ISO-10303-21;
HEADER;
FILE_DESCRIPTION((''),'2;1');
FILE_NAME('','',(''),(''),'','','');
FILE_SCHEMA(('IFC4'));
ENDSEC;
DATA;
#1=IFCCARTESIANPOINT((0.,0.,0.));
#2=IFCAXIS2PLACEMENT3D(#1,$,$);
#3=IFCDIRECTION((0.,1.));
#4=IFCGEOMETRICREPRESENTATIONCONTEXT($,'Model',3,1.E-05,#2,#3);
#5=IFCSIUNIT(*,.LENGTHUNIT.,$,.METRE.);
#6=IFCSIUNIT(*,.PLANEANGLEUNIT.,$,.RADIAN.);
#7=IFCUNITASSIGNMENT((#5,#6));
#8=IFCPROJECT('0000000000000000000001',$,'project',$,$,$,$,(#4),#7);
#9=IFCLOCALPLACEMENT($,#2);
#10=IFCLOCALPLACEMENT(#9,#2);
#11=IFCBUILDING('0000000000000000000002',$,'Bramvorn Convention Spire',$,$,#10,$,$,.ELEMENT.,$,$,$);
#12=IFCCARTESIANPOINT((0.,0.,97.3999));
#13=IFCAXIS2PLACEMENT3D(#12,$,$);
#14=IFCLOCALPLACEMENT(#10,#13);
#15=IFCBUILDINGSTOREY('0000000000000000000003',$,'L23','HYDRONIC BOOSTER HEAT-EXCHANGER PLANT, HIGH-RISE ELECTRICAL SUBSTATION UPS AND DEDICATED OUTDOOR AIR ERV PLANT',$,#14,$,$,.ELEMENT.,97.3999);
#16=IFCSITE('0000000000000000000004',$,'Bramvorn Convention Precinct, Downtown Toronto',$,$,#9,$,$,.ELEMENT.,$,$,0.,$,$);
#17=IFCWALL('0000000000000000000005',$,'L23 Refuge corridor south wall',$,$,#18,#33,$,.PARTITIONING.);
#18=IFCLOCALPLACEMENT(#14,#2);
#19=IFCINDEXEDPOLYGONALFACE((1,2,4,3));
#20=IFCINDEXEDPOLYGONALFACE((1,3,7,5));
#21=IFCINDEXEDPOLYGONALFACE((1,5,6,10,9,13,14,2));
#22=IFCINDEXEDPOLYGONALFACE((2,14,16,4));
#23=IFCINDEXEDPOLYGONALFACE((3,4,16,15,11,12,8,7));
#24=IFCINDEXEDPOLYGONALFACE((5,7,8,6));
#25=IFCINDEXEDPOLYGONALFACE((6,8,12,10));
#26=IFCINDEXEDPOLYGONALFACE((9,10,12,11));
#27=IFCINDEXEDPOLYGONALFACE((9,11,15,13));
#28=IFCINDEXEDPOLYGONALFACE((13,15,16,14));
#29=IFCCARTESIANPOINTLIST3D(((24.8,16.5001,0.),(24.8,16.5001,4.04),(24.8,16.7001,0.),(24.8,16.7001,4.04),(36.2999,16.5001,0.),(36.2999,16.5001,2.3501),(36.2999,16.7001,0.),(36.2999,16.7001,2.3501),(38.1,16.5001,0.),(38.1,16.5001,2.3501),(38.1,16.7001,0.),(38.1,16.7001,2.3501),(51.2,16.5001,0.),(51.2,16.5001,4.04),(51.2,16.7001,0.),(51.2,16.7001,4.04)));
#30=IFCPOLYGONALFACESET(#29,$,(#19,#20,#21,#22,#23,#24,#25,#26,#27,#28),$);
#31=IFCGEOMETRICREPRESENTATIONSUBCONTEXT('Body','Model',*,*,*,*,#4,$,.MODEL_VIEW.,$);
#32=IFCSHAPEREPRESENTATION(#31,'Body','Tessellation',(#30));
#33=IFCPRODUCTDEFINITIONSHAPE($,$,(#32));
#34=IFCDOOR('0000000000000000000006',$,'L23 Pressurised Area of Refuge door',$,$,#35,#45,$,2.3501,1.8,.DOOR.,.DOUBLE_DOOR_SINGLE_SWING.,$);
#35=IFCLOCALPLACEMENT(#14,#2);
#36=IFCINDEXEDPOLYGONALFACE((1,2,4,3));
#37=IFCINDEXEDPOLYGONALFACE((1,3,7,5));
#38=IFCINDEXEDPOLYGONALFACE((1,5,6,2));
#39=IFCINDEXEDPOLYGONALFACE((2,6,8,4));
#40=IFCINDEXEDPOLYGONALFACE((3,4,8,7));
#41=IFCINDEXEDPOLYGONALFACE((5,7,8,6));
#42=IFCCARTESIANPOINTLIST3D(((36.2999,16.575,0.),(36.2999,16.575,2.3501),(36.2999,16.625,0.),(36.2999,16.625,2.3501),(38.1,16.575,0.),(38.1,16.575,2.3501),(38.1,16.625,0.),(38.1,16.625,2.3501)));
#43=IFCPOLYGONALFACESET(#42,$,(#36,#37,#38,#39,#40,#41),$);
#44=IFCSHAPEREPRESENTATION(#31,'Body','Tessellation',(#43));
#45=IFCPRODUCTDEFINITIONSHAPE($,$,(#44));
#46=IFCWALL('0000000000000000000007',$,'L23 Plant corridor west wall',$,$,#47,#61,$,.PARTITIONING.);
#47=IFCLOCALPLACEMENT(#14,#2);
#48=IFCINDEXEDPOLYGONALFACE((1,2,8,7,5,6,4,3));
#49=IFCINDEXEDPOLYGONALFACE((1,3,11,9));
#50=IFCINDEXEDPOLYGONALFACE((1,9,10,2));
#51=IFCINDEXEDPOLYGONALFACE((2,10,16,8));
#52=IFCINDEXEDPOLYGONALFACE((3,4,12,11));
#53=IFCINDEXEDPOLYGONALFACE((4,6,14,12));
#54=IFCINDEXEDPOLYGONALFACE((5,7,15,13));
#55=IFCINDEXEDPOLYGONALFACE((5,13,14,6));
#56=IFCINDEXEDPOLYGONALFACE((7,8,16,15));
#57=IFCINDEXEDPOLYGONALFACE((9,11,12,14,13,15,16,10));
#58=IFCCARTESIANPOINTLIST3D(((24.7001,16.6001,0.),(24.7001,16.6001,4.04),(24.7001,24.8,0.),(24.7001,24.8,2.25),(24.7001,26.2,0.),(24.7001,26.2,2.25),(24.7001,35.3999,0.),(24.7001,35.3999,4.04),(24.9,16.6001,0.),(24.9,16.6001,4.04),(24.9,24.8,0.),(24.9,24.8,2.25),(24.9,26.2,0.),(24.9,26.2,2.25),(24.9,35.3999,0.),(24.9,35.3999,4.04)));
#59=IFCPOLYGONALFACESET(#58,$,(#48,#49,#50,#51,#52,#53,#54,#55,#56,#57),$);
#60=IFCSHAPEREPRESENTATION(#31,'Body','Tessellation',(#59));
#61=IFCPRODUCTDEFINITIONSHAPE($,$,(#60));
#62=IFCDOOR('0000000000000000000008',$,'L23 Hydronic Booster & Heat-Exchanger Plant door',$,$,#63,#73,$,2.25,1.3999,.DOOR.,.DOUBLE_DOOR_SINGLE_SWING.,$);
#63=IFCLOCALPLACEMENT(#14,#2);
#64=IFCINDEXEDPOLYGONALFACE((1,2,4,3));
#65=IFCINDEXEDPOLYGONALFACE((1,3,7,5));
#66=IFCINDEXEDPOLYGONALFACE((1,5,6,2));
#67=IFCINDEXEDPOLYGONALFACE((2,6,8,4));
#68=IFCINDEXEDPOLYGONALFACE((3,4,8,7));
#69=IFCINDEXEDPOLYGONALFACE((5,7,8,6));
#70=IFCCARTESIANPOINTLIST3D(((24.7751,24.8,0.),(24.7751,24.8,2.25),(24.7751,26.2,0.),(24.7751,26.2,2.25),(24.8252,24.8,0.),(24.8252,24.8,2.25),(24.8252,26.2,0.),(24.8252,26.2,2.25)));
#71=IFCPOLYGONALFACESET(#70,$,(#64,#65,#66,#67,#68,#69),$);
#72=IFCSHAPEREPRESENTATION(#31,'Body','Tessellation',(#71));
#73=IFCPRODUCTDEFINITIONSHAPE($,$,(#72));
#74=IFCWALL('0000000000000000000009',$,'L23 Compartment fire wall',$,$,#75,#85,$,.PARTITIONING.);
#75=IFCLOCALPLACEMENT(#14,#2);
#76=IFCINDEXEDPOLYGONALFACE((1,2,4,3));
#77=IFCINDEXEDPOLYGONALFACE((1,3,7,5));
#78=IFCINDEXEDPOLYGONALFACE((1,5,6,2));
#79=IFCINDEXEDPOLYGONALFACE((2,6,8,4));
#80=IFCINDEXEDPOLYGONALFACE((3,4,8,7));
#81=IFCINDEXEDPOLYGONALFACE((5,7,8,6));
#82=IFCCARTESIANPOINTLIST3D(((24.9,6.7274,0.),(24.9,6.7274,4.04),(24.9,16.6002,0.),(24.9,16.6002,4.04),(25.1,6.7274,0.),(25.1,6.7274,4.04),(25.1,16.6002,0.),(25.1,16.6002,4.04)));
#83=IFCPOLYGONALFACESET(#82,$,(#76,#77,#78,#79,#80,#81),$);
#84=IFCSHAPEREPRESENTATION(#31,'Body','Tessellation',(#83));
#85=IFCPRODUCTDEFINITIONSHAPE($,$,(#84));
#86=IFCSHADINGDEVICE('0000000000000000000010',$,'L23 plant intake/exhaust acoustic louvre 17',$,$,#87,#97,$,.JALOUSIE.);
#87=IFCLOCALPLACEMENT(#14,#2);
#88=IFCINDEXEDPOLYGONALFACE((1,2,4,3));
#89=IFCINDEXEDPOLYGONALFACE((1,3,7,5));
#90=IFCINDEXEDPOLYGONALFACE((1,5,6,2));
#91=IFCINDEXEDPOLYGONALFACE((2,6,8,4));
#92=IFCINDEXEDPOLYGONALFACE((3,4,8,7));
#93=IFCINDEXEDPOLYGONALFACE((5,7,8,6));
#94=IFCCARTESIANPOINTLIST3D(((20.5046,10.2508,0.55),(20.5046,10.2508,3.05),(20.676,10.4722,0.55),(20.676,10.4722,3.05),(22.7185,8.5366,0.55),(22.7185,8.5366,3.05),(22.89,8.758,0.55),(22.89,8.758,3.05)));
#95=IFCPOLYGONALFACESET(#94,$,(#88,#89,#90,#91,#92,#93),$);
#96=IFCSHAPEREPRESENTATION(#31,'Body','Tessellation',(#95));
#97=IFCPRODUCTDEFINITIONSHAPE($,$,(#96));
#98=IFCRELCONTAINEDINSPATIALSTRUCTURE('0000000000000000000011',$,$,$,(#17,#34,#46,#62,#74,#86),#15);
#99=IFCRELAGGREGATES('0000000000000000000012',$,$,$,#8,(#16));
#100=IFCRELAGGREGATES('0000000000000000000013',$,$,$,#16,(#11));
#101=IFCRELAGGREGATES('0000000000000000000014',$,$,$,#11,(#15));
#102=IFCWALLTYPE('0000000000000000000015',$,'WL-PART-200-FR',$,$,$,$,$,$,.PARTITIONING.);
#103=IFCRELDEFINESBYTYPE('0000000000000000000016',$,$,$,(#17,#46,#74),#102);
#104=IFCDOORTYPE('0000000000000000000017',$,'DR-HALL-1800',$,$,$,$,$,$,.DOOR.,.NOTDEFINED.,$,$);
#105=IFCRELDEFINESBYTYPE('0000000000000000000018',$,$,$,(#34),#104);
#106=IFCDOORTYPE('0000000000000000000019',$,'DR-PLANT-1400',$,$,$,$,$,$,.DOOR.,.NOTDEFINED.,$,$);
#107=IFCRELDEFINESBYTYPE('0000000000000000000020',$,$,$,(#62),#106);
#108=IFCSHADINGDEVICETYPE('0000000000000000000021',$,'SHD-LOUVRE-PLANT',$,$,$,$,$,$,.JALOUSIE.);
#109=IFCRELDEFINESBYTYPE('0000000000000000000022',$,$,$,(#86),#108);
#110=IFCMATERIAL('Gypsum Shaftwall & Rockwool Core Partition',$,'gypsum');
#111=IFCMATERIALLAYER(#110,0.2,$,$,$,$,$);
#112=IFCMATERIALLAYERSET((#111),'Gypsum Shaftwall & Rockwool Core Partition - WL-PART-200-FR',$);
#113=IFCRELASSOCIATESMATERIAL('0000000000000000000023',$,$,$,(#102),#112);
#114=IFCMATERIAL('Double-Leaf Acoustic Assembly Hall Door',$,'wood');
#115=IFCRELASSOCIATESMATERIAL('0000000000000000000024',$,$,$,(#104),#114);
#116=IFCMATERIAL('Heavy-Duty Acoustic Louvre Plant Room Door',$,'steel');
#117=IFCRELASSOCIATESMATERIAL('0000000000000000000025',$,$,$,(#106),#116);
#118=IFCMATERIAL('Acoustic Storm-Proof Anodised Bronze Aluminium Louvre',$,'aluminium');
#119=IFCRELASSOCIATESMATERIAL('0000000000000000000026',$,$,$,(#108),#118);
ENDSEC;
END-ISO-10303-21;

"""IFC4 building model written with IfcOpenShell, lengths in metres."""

from ifc_helpers import new_model, si_unit, direction, frame, frame_2d, origin, origin_2d, place, context, subcontext, project, spatial, rectangle, extrude, material, layer, layer_set, type_object, element, fill, save


model = new_model("IFC4")

# Units and contexts
model_context = context("Model", 3, precision=1e-05, world=origin(), true_north=direction((0.0, 1.0)))
body_context = subcontext(model_context, "Body", "Model", "MODEL_VIEW")
ifc_project = project(units=[si_unit("LENGTHUNIT", "METRE"), si_unit("PLANEANGLEUNIT", "RADIAN")], contexts=[model_context])

# Site, building, storey
site_placement = place(None, origin())
site = spatial("IfcSite", under=ifc_project, at=site_placement, Name="Bramvorn Convention Precinct, Downtown Toronto", CompositionType="ELEMENT", RefElevation=0.0)
building_placement = place(site_placement, origin())
building = spatial("IfcBuilding", under=site, at=building_placement, Name="Bramvorn Convention Spire", CompositionType="ELEMENT")
storey_placement = place(building_placement, frame((0.0, 0.0, 97.3999)))
storey = spatial("IfcBuildingStorey", under=building, at=storey_placement, Name="L23", Description="HYDRONIC BOOSTER HEAT-EXCHANGER PLANT, HIGH-RISE ELECTRICAL SUBSTATION UPS AND DEDICATED OUTDOOR AIR ERV PLANT", CompositionType="ELEMENT", Elevation=97.3999)

# Walls, openings, doors
ifc_material_1 = material(Name="Gypsum Shaftwall & Rockwool Core Partition", Category="gypsum")
ifc_layer_1 = layer(ifc_material_1, 0.2)
ifc_layer_set_1 = layer_set([ifc_layer_1], Name="Gypsum Shaftwall & Rockwool Core Partition - WL-PART-200-FR")
wall_type_1 = type_object("IfcWallType", Name="WL-PART-200-FR", PredefinedType="PARTITIONING", material=ifc_layer_set_1)
wall_1_placement = place(storey_placement, frame((24.8, 16.6001, 0.0), z_axis=(0.0, 0.0, 1.0), x_axis=(1.0, 0.0, 0.0)))
wall_1 = element("IfcWall", 1, at=wall_1_placement, inside=storey, type_object=wall_type_1, Name="L23 Refuge corridor south wall", PredefinedType="PARTITIONING", context=body_context, shape_type="SweptSolid", body=[
    extrude(rectangle(XDim=26.3999, YDim=0.2, at=frame_2d((13.2, 0.0))), origin(), (0.0, 0.0, 1.0), 4.04),
])
opening_1_placement = place(wall_1_placement, frame((11.5, 0.0, 0.0)))
opening_1 = element("IfcOpeningElement", 2, at=opening_1_placement, cuts=wall_1, PredefinedType="OPENING", context=body_context, shape_type="SweptSolid", body=[
    extrude(rectangle(XDim=1.8, YDim=2.3501, at=frame_2d((0.8999, 1.175))), frame((0.0, 0.1099, 0.0), z_axis=(0.0, -1.0, 0.0), x_axis=(1.0, 0.0, 0.0)), (0.0, 0.0, 1.0), 0.22),
])
ifc_material_2 = material(Name="Double-Leaf Acoustic Assembly Hall Door", Category="wood")
door_type_1 = type_object("IfcDoorType", Name="DR-HALL-1800", OperationType="NOTDEFINED", PredefinedType="DOOR", material=ifc_material_2)
door_1_placement = place(opening_1_placement, origin())
door_1 = element("IfcDoor", 3, at=door_1_placement, inside=storey, type_object=door_type_1, Name="L23 Pressurised Area of Refuge door", OperationType="DOUBLE_DOOR_SINGLE_SWING", OverallHeight=2.3501, OverallWidth=1.8, PredefinedType="DOOR", context=body_context, shape_type="SweptSolid", body=[
    extrude(rectangle(XDim=1.8, YDim=2.3501, at=frame_2d((0.8999, 1.175))), frame((0.0, 0.0249, 0.0), z_axis=(0.0, -1.0, 0.0), x_axis=(1.0, 0.0, 0.0)), (0.0, 0.0, 1.0), 0.05),
])
fill(opening_1, door_1)
wall_2_placement = place(storey_placement, frame((24.8, 16.6001, 0.0), z_axis=(0.0, 0.0, 1.0), x_axis=(0.0, 1.0, 0.0)))
wall_2 = element("IfcWall", 4, at=wall_2_placement, inside=storey, type_object=wall_type_1, Name="L23 Plant corridor west wall", PredefinedType="PARTITIONING", context=body_context, shape_type="SweptSolid", body=[
    extrude(rectangle(XDim=18.7998, YDim=0.2, at=frame_2d((9.3999, 0.0))), origin(), (0.0, 0.0, 1.0), 4.04),
])
opening_2_placement = place(wall_2_placement, frame((8.2, 0.0, 0.0)))
opening_2 = element("IfcOpeningElement", 5, at=opening_2_placement, cuts=wall_2, PredefinedType="OPENING", context=body_context, shape_type="SweptSolid", body=[
    extrude(rectangle(XDim=1.3999, YDim=2.25, at=frame_2d((0.7, 1.125))), frame((0.0, 0.1099, 0.0), z_axis=(0.0, -1.0, 0.0), x_axis=(1.0, 0.0, 0.0)), (0.0, 0.0, 1.0), 0.22),
])
ifc_material_3 = material(Name="Heavy-Duty Acoustic Louvre Plant Room Door", Category="steel")
door_type_2 = type_object("IfcDoorType", Name="DR-PLANT-1400", OperationType="NOTDEFINED", PredefinedType="DOOR", material=ifc_material_3)
door_2_placement = place(opening_2_placement, origin())
door_2 = element("IfcDoor", 6, at=door_2_placement, inside=storey, type_object=door_type_2, Name="L23 Hydronic Booster & Heat-Exchanger Plant door", OperationType="DOUBLE_DOOR_SINGLE_SWING", OverallHeight=2.25, OverallWidth=1.3999, PredefinedType="DOOR", context=body_context, shape_type="SweptSolid", body=[
    extrude(rectangle(XDim=1.3999, YDim=2.25, at=frame_2d((0.7, 1.125))), frame((0.0, 0.0249, 0.0), z_axis=(0.0, -1.0, 0.0), x_axis=(1.0, 0.0, 0.0)), (0.0, 0.0, 1.0), 0.05),
])
fill(opening_2, door_2)

# Wall
wall_3_placement = place(storey_placement, frame((25.0, 6.7273, 0.0), z_axis=(0.0, 0.0, 1.0), x_axis=(0.0, 1.0, 0.0)))
element("IfcWall", 7, at=wall_3_placement, inside=storey, type_object=wall_type_1, Name="L23 Compartment fire wall", PredefinedType="PARTITIONING", context=body_context, shape_type="SweptSolid", body=[
    extrude(rectangle(XDim=9.8728, YDim=0.2, at=frame_2d((4.9365, 0.0))), origin(), (0.0, 0.0, 1.0), 4.04),
])

# Shading device
ifc_material_4 = material(Name="Acoustic Storm-Proof Anodised Bronze Aluminium Louvre", Category="aluminium")
shading_device_type = type_object("IfcShadingDeviceType", Name="SHD-LOUVRE-PLANT", PredefinedType="JALOUSIE", material=ifc_material_4)
shading_device_placement = place(storey_placement, frame((21.6973, 9.5044, 0.55), z_axis=(0.0, 0.0, 1.0), x_axis=(-0.79069, 0.612217, 0.0)))
element("IfcShadingDevice", 8, at=shading_device_placement, inside=storey, type_object=shading_device_type, Name="L23 plant intake/exhaust acoustic louvre 17", PredefinedType="JALOUSIE", context=body_context, shape_type="SweptSolid", body=[
    extrude(rectangle(XDim=2.8, YDim=0.28, at=origin_2d()), origin(), (0.0, 0.0, 1.0), 2.5),
])

save(model, "model.ifc")
